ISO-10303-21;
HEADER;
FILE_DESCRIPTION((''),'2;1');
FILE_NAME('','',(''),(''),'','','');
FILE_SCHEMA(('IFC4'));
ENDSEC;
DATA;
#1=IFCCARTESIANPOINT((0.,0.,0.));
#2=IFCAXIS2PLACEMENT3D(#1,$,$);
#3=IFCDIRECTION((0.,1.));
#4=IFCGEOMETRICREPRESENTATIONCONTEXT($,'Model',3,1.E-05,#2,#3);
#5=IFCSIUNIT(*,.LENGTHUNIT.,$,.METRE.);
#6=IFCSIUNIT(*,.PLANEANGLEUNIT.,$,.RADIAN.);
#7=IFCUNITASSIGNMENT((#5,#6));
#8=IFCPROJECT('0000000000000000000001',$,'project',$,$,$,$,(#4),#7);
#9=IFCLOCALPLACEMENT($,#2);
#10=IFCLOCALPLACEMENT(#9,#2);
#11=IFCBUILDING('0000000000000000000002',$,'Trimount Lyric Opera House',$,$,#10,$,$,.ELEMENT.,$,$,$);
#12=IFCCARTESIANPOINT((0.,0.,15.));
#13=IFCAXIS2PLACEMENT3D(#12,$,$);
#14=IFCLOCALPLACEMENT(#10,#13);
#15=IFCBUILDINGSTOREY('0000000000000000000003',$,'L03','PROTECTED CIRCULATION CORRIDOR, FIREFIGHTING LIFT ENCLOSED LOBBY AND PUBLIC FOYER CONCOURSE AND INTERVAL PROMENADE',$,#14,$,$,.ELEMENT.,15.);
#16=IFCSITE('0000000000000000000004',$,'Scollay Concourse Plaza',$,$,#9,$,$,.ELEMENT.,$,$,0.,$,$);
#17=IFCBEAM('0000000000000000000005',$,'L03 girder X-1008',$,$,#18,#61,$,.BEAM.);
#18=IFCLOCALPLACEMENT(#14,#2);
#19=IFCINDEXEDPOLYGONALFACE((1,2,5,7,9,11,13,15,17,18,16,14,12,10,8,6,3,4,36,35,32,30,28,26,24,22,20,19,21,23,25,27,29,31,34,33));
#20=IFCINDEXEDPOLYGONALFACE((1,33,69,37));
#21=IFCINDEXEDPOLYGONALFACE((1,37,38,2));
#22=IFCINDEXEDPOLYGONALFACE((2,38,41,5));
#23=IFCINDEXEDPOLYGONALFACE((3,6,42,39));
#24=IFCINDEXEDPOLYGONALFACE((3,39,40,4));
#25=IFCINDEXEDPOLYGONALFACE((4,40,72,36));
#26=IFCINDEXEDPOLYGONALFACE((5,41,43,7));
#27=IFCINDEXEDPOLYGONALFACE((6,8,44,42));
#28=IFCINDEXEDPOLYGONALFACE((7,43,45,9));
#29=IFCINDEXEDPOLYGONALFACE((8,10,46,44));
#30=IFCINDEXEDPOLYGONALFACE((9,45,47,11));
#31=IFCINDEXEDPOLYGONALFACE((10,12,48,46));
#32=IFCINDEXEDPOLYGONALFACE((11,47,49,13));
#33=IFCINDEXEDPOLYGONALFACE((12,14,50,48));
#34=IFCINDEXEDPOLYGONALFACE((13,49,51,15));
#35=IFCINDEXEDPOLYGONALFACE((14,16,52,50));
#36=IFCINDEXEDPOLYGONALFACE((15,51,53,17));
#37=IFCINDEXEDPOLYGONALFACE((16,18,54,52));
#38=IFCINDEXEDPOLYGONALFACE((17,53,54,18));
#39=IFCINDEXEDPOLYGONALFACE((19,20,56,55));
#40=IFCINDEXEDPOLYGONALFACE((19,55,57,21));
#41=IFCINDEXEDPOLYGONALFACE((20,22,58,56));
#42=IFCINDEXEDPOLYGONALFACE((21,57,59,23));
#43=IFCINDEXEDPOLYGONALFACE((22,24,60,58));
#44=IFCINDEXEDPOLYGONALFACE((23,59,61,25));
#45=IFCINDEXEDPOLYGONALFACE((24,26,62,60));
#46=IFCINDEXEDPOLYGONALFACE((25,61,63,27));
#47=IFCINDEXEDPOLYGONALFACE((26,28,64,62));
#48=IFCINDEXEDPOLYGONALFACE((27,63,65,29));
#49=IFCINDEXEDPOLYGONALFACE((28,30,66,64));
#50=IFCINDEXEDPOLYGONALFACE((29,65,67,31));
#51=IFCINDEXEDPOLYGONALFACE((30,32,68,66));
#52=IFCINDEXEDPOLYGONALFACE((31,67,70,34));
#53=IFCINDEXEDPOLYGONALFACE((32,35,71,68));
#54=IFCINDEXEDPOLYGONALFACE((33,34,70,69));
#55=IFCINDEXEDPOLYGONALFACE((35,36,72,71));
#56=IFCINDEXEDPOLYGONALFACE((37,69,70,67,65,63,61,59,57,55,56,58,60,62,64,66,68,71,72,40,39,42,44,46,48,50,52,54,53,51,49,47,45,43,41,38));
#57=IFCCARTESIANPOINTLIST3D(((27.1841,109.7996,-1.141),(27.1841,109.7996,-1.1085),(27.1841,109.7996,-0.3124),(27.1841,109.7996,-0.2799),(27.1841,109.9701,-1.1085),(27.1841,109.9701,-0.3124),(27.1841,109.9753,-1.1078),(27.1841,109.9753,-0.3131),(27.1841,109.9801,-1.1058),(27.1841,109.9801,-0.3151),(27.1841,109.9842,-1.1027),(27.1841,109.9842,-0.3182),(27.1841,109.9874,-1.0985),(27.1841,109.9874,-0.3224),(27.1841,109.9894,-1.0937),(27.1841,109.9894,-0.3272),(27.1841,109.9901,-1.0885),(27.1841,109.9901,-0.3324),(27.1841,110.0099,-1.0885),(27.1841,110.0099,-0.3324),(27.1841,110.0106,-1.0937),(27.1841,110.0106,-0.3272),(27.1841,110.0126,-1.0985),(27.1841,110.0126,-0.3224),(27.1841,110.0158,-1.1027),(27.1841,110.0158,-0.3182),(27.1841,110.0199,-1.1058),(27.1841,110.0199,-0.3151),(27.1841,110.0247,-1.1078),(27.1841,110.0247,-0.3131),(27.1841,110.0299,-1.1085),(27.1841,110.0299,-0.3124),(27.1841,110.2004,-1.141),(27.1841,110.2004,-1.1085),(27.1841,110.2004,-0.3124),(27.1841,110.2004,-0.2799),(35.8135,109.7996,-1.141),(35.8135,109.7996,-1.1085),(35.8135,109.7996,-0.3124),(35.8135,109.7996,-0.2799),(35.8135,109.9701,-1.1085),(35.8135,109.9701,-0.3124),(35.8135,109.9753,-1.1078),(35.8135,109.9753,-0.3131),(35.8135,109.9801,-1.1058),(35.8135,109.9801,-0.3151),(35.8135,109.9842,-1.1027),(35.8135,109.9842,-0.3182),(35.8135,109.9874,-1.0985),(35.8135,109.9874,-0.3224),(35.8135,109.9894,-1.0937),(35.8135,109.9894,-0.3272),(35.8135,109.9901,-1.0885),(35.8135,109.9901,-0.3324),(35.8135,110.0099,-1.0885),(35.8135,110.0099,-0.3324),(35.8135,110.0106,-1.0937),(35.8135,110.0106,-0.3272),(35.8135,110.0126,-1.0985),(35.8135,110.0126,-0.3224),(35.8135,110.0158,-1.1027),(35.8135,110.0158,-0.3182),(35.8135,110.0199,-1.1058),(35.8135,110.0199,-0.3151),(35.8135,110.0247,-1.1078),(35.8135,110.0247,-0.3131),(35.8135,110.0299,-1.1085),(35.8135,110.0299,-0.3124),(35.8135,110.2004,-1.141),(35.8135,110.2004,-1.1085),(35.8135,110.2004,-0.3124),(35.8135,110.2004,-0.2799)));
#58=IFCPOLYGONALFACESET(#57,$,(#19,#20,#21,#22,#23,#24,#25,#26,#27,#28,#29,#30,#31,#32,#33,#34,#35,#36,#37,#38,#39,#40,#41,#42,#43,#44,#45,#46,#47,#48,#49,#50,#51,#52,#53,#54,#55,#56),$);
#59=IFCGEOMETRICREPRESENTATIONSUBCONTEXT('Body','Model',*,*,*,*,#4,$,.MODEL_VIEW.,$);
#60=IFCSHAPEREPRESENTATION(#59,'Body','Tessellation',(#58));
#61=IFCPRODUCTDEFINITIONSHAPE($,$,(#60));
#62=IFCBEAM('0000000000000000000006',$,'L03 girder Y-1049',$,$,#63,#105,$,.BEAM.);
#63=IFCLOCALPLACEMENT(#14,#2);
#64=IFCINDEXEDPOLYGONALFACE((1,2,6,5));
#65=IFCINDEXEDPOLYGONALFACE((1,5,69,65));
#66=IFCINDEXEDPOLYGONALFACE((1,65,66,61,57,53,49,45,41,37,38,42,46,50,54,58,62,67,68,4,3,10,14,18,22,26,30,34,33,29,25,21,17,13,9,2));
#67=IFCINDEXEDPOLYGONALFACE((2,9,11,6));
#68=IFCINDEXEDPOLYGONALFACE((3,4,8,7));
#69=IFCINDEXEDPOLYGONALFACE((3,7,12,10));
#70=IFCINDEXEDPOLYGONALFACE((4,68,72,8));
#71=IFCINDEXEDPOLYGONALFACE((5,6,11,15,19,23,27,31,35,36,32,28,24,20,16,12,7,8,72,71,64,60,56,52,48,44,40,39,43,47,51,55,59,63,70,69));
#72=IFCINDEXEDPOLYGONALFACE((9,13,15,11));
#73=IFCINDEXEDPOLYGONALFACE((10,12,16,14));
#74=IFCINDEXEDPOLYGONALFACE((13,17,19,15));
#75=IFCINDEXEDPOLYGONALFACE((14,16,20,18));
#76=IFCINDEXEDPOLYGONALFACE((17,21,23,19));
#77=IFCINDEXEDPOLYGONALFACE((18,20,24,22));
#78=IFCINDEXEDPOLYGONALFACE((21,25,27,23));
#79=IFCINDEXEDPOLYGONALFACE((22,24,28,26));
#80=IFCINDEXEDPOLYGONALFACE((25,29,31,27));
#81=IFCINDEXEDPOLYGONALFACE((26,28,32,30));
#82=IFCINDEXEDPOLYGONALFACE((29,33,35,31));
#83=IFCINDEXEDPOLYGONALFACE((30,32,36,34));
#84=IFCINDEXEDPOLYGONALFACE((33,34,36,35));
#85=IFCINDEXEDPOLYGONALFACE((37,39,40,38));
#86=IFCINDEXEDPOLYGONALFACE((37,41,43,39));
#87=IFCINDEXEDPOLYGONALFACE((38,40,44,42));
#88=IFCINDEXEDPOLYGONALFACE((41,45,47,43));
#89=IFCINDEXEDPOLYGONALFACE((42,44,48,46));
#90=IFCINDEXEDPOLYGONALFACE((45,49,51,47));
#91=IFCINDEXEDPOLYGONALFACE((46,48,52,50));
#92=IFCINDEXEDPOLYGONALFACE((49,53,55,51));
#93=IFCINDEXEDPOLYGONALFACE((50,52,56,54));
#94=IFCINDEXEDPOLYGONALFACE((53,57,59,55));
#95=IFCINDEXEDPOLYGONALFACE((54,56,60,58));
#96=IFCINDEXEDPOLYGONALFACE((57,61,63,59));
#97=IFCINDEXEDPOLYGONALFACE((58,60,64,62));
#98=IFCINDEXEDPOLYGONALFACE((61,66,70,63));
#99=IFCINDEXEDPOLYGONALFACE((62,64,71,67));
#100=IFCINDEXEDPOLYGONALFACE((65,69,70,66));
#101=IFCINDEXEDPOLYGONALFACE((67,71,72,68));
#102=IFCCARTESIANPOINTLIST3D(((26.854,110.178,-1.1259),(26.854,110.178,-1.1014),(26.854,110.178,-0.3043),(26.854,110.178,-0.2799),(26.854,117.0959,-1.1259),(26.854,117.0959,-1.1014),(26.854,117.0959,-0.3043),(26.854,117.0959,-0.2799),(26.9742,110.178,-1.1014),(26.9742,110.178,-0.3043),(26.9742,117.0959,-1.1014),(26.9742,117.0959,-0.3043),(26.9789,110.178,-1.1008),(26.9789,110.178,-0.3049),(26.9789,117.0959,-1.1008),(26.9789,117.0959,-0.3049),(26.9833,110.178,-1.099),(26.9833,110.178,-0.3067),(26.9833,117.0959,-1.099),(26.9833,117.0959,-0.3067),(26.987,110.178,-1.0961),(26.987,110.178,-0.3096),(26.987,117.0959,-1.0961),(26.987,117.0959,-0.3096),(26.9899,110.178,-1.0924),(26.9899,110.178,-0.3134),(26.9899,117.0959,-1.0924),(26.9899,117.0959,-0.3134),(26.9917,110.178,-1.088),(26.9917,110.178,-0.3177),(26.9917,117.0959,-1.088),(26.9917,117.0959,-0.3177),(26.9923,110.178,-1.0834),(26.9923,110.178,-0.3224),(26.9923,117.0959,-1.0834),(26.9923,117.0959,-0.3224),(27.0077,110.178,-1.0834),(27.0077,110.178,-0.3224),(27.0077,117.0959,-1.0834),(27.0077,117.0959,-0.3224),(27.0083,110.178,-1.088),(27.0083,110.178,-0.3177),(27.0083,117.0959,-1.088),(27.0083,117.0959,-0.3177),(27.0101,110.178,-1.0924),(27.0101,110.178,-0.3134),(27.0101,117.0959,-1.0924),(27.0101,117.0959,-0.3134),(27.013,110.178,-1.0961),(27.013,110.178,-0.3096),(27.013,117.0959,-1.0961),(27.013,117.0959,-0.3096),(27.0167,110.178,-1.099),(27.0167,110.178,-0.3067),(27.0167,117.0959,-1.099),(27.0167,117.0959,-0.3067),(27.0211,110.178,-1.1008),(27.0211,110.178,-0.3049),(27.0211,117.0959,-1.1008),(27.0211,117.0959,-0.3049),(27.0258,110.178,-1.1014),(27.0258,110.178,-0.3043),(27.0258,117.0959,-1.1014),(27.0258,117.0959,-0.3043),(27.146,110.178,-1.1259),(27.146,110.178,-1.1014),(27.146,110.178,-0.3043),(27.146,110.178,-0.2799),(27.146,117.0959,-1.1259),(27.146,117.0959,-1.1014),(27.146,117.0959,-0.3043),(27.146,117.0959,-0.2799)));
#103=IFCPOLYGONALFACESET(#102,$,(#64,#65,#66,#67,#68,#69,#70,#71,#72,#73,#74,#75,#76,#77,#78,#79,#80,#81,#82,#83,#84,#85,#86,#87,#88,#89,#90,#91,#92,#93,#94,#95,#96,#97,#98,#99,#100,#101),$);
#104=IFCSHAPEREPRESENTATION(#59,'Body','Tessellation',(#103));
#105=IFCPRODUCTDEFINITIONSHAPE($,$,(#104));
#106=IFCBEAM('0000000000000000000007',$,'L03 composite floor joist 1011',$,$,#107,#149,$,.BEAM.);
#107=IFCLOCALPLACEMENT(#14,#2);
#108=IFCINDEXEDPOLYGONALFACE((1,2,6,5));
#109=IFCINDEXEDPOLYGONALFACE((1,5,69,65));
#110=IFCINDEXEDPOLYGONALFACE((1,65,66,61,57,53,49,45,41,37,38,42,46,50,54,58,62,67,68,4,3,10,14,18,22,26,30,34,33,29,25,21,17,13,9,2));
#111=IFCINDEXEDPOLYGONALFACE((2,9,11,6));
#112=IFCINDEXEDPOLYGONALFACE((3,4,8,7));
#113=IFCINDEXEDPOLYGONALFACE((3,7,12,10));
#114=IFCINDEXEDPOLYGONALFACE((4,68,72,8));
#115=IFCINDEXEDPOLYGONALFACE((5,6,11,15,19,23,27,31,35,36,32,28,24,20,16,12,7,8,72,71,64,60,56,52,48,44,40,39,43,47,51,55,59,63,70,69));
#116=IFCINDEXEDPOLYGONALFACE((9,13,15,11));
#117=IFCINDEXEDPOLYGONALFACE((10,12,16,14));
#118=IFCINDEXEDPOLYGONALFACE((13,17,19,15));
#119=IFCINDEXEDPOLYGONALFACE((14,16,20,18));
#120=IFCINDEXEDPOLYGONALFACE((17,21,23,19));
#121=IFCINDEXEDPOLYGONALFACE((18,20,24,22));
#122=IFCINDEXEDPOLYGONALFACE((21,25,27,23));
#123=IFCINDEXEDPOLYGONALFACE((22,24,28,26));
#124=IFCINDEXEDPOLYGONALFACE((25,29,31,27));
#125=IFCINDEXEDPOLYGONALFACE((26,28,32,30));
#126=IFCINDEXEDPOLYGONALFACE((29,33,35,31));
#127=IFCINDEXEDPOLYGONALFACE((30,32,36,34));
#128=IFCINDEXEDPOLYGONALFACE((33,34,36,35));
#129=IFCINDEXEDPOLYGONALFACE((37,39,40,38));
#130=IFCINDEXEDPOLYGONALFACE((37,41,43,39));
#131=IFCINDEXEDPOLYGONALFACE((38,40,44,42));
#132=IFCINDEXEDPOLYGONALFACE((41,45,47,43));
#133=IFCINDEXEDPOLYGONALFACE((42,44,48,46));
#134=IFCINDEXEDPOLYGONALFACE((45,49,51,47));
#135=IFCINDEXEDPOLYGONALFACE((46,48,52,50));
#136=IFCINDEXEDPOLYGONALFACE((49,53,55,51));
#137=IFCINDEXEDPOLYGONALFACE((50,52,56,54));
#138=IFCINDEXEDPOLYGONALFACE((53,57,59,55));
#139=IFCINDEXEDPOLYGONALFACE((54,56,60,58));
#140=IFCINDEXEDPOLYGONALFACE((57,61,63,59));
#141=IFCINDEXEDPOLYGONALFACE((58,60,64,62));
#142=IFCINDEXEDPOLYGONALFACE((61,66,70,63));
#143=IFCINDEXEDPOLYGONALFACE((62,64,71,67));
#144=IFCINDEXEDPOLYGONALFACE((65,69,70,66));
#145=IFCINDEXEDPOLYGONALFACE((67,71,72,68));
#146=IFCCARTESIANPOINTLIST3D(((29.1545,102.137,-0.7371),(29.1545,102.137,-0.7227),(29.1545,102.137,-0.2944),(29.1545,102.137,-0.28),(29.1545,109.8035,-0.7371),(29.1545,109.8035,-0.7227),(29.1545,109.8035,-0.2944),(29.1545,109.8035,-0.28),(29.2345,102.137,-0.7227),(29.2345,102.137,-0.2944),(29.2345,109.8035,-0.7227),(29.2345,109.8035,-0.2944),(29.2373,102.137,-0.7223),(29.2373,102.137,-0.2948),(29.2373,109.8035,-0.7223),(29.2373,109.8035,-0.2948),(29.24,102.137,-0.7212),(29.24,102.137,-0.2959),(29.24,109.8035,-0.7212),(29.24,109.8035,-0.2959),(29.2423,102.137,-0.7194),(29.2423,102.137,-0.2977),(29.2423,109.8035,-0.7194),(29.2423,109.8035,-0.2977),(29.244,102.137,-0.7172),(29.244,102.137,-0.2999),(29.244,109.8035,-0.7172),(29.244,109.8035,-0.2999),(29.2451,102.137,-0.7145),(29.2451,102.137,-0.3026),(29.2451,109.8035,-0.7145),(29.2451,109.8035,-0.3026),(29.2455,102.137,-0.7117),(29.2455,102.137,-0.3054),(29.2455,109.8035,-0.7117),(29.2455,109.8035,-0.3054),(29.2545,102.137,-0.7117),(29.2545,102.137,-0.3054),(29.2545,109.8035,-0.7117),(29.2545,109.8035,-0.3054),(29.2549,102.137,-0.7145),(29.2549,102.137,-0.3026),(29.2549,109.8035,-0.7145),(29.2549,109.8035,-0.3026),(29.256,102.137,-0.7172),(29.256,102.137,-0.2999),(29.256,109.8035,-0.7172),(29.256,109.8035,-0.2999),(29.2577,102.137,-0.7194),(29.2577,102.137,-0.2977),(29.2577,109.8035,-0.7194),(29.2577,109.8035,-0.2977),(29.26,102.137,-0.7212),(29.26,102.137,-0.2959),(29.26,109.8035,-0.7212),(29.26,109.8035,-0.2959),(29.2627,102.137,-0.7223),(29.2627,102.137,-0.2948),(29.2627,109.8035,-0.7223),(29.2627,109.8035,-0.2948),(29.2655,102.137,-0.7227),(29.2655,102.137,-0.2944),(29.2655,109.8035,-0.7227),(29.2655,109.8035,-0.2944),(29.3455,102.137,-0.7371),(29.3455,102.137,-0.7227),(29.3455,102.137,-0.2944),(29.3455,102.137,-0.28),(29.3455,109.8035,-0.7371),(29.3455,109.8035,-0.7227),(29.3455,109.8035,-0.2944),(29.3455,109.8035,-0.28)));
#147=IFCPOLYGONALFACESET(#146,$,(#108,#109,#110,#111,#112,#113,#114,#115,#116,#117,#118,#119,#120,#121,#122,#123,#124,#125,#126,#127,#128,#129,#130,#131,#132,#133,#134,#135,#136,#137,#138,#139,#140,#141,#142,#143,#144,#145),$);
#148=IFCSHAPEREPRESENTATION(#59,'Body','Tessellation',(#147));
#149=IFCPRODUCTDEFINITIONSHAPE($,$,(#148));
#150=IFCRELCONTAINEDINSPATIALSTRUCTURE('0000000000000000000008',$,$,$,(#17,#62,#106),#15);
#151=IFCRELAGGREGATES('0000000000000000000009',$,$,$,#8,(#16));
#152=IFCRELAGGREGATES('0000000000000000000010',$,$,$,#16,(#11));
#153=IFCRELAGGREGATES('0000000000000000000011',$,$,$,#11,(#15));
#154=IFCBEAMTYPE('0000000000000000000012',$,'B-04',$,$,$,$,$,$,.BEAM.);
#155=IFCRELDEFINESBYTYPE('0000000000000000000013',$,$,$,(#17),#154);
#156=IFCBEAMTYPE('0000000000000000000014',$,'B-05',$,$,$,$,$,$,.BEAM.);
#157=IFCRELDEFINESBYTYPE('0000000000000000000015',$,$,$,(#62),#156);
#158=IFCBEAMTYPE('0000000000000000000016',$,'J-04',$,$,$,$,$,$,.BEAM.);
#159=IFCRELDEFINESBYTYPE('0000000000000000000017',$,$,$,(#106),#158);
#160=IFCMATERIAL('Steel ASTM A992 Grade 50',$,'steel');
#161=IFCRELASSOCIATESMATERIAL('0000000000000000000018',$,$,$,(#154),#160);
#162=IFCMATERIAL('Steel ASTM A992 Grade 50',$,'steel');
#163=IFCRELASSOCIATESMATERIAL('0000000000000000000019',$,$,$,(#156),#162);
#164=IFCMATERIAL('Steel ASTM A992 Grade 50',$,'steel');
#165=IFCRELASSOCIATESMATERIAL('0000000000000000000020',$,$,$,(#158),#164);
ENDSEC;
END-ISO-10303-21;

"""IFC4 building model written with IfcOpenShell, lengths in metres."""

from ifc_helpers import new_model, si_unit, direction, frame, origin, origin_2d, place, context, subcontext, project, spatial, i_section, extrude, material, material_profile, profile_set, type_object, element, save


model = new_model("IFC4")

# Units and contexts
model_context = context("Model", 3, precision=1e-05, world=origin(), true_north=direction((0.0, 1.0)))
body_context = subcontext(model_context, "Body", "Model", "MODEL_VIEW")
ifc_project = project(units=[si_unit("LENGTHUNIT", "METRE"), si_unit("PLANEANGLEUNIT", "RADIAN")], contexts=[model_context])

# Site, building, storey
site_placement = place(None, origin())
site = spatial("IfcSite", under=ifc_project, at=site_placement, Name="Scollay Concourse Plaza", CompositionType="ELEMENT", RefElevation=0.0)
building_placement = place(site_placement, origin())
building = spatial("IfcBuilding", under=site, at=building_placement, Name="Trimount Lyric Opera House", CompositionType="ELEMENT")
storey_placement = place(building_placement, frame((0.0, 0.0, 15.0)))
storey = spatial("IfcBuildingStorey", under=building, at=storey_placement, Name="L03", Description="PROTECTED CIRCULATION CORRIDOR, FIREFIGHTING LIFT ENCLOSED LOBBY AND PUBLIC FOYER CONCOURSE AND INTERVAL PROMENADE", CompositionType="ELEMENT", Elevation=15.0)

# Beams
ifc_material_1 = material(Name="Steel ASTM A992 Grade 50", Category="steel")
ifc_material_profile_1 = material_profile(ifc_material_1, i_section(OverallWidth=0.4009, OverallDepth=0.8611, WebThickness=0.0198, FlangeThickness=0.0325, FilletRadius=0.02, at=origin_2d()), Name="W33X221")
ifc_profile_set_1 = profile_set([ifc_material_profile_1], Name="Steel ASTM A992 Grade 50")
beam_type_1 = type_object("IfcBeamType", Name="B-04", PredefinedType="BEAM", material=ifc_profile_set_1)
beam_1_placement = place(storey_placement, frame((27.1841, 110.0, -0.7104), z_axis=(1.0, 0.0, 0.0), x_axis=(0.0, 1.0, 0.0)))
element("IfcBeam", 1, at=beam_1_placement, inside=storey, type_object=beam_type_1, Name="L03 girder X-1008", PredefinedType="BEAM", context=body_context, shape_type="SweptSolid", body=[
    extrude(i_section(OverallWidth=0.4009, OverallDepth=0.8611, WebThickness=0.0198, FlangeThickness=0.0325, FilletRadius=0.02, at=origin_2d()), origin(), (0.0, 0.0, 1.0), 8.6294),
])
ifc_material_2 = material(Name="Steel ASTM A992 Grade 50", Category="steel")
ifc_material_profile_2 = material_profile(ifc_material_2, i_section(OverallWidth=0.292, OverallDepth=0.8459, WebThickness=0.0154, FlangeThickness=0.0244, FilletRadius=0.0181, at=origin_2d()), Name="W33X141")
ifc_profile_set_2 = profile_set([ifc_material_profile_2], Name="Steel ASTM A992 Grade 50")
beam_type_2 = type_object("IfcBeamType", Name="B-05", PredefinedType="BEAM", material=ifc_profile_set_2)
beam_2_placement = place(storey_placement, frame((27.0, 110.178, -0.7029), z_axis=(0.0, 1.0, 0.0), x_axis=(-1.0, 0.0, 0.0)))
element("IfcBeam", 2, at=beam_2_placement, inside=storey, type_object=beam_type_2, Name="L03 girder Y-1049", PredefinedType="BEAM", context=body_context, shape_type="SweptSolid", body=[
    extrude(i_section(OverallWidth=0.292, OverallDepth=0.8459, WebThickness=0.0154, FlangeThickness=0.0244, FilletRadius=0.0181, at=origin_2d()), origin(), (0.0, 0.0, 1.0), 6.918),
])
ifc_material_3 = material(Name="Steel ASTM A992 Grade 50", Category="steel")
ifc_material_profile_3 = material_profile(ifc_material_3, i_section(OverallWidth=0.1909, OverallDepth=0.457, WebThickness=0.009, FlangeThickness=0.0144, FilletRadius=0.011, at=origin_2d()), Name="W18X50")
ifc_profile_set_3 = profile_set([ifc_material_profile_3], Name="Steel ASTM A992 Grade 50")
beam_type_3 = type_object("IfcBeamType", Name="J-04", PredefinedType="BEAM", material=ifc_profile_set_3)
beam_3_placement = place(storey_placement, frame((29.25, 102.137, -0.5085), z_axis=(0.0, 1.0, 0.0), x_axis=(-1.0, 0.0, 0.0)))
element("IfcBeam", 3, at=beam_3_placement, inside=storey, type_object=beam_type_3, Name="L03 composite floor joist 1011", PredefinedType="BEAM", context=body_context, shape_type="SweptSolid", body=[
    extrude(i_section(OverallWidth=0.1909, OverallDepth=0.457, WebThickness=0.009, FlangeThickness=0.0144, FilletRadius=0.011, at=origin_2d()), origin(), (0.0, 0.0, 1.0), 7.6665),
])

save(model, "model.ifc")
